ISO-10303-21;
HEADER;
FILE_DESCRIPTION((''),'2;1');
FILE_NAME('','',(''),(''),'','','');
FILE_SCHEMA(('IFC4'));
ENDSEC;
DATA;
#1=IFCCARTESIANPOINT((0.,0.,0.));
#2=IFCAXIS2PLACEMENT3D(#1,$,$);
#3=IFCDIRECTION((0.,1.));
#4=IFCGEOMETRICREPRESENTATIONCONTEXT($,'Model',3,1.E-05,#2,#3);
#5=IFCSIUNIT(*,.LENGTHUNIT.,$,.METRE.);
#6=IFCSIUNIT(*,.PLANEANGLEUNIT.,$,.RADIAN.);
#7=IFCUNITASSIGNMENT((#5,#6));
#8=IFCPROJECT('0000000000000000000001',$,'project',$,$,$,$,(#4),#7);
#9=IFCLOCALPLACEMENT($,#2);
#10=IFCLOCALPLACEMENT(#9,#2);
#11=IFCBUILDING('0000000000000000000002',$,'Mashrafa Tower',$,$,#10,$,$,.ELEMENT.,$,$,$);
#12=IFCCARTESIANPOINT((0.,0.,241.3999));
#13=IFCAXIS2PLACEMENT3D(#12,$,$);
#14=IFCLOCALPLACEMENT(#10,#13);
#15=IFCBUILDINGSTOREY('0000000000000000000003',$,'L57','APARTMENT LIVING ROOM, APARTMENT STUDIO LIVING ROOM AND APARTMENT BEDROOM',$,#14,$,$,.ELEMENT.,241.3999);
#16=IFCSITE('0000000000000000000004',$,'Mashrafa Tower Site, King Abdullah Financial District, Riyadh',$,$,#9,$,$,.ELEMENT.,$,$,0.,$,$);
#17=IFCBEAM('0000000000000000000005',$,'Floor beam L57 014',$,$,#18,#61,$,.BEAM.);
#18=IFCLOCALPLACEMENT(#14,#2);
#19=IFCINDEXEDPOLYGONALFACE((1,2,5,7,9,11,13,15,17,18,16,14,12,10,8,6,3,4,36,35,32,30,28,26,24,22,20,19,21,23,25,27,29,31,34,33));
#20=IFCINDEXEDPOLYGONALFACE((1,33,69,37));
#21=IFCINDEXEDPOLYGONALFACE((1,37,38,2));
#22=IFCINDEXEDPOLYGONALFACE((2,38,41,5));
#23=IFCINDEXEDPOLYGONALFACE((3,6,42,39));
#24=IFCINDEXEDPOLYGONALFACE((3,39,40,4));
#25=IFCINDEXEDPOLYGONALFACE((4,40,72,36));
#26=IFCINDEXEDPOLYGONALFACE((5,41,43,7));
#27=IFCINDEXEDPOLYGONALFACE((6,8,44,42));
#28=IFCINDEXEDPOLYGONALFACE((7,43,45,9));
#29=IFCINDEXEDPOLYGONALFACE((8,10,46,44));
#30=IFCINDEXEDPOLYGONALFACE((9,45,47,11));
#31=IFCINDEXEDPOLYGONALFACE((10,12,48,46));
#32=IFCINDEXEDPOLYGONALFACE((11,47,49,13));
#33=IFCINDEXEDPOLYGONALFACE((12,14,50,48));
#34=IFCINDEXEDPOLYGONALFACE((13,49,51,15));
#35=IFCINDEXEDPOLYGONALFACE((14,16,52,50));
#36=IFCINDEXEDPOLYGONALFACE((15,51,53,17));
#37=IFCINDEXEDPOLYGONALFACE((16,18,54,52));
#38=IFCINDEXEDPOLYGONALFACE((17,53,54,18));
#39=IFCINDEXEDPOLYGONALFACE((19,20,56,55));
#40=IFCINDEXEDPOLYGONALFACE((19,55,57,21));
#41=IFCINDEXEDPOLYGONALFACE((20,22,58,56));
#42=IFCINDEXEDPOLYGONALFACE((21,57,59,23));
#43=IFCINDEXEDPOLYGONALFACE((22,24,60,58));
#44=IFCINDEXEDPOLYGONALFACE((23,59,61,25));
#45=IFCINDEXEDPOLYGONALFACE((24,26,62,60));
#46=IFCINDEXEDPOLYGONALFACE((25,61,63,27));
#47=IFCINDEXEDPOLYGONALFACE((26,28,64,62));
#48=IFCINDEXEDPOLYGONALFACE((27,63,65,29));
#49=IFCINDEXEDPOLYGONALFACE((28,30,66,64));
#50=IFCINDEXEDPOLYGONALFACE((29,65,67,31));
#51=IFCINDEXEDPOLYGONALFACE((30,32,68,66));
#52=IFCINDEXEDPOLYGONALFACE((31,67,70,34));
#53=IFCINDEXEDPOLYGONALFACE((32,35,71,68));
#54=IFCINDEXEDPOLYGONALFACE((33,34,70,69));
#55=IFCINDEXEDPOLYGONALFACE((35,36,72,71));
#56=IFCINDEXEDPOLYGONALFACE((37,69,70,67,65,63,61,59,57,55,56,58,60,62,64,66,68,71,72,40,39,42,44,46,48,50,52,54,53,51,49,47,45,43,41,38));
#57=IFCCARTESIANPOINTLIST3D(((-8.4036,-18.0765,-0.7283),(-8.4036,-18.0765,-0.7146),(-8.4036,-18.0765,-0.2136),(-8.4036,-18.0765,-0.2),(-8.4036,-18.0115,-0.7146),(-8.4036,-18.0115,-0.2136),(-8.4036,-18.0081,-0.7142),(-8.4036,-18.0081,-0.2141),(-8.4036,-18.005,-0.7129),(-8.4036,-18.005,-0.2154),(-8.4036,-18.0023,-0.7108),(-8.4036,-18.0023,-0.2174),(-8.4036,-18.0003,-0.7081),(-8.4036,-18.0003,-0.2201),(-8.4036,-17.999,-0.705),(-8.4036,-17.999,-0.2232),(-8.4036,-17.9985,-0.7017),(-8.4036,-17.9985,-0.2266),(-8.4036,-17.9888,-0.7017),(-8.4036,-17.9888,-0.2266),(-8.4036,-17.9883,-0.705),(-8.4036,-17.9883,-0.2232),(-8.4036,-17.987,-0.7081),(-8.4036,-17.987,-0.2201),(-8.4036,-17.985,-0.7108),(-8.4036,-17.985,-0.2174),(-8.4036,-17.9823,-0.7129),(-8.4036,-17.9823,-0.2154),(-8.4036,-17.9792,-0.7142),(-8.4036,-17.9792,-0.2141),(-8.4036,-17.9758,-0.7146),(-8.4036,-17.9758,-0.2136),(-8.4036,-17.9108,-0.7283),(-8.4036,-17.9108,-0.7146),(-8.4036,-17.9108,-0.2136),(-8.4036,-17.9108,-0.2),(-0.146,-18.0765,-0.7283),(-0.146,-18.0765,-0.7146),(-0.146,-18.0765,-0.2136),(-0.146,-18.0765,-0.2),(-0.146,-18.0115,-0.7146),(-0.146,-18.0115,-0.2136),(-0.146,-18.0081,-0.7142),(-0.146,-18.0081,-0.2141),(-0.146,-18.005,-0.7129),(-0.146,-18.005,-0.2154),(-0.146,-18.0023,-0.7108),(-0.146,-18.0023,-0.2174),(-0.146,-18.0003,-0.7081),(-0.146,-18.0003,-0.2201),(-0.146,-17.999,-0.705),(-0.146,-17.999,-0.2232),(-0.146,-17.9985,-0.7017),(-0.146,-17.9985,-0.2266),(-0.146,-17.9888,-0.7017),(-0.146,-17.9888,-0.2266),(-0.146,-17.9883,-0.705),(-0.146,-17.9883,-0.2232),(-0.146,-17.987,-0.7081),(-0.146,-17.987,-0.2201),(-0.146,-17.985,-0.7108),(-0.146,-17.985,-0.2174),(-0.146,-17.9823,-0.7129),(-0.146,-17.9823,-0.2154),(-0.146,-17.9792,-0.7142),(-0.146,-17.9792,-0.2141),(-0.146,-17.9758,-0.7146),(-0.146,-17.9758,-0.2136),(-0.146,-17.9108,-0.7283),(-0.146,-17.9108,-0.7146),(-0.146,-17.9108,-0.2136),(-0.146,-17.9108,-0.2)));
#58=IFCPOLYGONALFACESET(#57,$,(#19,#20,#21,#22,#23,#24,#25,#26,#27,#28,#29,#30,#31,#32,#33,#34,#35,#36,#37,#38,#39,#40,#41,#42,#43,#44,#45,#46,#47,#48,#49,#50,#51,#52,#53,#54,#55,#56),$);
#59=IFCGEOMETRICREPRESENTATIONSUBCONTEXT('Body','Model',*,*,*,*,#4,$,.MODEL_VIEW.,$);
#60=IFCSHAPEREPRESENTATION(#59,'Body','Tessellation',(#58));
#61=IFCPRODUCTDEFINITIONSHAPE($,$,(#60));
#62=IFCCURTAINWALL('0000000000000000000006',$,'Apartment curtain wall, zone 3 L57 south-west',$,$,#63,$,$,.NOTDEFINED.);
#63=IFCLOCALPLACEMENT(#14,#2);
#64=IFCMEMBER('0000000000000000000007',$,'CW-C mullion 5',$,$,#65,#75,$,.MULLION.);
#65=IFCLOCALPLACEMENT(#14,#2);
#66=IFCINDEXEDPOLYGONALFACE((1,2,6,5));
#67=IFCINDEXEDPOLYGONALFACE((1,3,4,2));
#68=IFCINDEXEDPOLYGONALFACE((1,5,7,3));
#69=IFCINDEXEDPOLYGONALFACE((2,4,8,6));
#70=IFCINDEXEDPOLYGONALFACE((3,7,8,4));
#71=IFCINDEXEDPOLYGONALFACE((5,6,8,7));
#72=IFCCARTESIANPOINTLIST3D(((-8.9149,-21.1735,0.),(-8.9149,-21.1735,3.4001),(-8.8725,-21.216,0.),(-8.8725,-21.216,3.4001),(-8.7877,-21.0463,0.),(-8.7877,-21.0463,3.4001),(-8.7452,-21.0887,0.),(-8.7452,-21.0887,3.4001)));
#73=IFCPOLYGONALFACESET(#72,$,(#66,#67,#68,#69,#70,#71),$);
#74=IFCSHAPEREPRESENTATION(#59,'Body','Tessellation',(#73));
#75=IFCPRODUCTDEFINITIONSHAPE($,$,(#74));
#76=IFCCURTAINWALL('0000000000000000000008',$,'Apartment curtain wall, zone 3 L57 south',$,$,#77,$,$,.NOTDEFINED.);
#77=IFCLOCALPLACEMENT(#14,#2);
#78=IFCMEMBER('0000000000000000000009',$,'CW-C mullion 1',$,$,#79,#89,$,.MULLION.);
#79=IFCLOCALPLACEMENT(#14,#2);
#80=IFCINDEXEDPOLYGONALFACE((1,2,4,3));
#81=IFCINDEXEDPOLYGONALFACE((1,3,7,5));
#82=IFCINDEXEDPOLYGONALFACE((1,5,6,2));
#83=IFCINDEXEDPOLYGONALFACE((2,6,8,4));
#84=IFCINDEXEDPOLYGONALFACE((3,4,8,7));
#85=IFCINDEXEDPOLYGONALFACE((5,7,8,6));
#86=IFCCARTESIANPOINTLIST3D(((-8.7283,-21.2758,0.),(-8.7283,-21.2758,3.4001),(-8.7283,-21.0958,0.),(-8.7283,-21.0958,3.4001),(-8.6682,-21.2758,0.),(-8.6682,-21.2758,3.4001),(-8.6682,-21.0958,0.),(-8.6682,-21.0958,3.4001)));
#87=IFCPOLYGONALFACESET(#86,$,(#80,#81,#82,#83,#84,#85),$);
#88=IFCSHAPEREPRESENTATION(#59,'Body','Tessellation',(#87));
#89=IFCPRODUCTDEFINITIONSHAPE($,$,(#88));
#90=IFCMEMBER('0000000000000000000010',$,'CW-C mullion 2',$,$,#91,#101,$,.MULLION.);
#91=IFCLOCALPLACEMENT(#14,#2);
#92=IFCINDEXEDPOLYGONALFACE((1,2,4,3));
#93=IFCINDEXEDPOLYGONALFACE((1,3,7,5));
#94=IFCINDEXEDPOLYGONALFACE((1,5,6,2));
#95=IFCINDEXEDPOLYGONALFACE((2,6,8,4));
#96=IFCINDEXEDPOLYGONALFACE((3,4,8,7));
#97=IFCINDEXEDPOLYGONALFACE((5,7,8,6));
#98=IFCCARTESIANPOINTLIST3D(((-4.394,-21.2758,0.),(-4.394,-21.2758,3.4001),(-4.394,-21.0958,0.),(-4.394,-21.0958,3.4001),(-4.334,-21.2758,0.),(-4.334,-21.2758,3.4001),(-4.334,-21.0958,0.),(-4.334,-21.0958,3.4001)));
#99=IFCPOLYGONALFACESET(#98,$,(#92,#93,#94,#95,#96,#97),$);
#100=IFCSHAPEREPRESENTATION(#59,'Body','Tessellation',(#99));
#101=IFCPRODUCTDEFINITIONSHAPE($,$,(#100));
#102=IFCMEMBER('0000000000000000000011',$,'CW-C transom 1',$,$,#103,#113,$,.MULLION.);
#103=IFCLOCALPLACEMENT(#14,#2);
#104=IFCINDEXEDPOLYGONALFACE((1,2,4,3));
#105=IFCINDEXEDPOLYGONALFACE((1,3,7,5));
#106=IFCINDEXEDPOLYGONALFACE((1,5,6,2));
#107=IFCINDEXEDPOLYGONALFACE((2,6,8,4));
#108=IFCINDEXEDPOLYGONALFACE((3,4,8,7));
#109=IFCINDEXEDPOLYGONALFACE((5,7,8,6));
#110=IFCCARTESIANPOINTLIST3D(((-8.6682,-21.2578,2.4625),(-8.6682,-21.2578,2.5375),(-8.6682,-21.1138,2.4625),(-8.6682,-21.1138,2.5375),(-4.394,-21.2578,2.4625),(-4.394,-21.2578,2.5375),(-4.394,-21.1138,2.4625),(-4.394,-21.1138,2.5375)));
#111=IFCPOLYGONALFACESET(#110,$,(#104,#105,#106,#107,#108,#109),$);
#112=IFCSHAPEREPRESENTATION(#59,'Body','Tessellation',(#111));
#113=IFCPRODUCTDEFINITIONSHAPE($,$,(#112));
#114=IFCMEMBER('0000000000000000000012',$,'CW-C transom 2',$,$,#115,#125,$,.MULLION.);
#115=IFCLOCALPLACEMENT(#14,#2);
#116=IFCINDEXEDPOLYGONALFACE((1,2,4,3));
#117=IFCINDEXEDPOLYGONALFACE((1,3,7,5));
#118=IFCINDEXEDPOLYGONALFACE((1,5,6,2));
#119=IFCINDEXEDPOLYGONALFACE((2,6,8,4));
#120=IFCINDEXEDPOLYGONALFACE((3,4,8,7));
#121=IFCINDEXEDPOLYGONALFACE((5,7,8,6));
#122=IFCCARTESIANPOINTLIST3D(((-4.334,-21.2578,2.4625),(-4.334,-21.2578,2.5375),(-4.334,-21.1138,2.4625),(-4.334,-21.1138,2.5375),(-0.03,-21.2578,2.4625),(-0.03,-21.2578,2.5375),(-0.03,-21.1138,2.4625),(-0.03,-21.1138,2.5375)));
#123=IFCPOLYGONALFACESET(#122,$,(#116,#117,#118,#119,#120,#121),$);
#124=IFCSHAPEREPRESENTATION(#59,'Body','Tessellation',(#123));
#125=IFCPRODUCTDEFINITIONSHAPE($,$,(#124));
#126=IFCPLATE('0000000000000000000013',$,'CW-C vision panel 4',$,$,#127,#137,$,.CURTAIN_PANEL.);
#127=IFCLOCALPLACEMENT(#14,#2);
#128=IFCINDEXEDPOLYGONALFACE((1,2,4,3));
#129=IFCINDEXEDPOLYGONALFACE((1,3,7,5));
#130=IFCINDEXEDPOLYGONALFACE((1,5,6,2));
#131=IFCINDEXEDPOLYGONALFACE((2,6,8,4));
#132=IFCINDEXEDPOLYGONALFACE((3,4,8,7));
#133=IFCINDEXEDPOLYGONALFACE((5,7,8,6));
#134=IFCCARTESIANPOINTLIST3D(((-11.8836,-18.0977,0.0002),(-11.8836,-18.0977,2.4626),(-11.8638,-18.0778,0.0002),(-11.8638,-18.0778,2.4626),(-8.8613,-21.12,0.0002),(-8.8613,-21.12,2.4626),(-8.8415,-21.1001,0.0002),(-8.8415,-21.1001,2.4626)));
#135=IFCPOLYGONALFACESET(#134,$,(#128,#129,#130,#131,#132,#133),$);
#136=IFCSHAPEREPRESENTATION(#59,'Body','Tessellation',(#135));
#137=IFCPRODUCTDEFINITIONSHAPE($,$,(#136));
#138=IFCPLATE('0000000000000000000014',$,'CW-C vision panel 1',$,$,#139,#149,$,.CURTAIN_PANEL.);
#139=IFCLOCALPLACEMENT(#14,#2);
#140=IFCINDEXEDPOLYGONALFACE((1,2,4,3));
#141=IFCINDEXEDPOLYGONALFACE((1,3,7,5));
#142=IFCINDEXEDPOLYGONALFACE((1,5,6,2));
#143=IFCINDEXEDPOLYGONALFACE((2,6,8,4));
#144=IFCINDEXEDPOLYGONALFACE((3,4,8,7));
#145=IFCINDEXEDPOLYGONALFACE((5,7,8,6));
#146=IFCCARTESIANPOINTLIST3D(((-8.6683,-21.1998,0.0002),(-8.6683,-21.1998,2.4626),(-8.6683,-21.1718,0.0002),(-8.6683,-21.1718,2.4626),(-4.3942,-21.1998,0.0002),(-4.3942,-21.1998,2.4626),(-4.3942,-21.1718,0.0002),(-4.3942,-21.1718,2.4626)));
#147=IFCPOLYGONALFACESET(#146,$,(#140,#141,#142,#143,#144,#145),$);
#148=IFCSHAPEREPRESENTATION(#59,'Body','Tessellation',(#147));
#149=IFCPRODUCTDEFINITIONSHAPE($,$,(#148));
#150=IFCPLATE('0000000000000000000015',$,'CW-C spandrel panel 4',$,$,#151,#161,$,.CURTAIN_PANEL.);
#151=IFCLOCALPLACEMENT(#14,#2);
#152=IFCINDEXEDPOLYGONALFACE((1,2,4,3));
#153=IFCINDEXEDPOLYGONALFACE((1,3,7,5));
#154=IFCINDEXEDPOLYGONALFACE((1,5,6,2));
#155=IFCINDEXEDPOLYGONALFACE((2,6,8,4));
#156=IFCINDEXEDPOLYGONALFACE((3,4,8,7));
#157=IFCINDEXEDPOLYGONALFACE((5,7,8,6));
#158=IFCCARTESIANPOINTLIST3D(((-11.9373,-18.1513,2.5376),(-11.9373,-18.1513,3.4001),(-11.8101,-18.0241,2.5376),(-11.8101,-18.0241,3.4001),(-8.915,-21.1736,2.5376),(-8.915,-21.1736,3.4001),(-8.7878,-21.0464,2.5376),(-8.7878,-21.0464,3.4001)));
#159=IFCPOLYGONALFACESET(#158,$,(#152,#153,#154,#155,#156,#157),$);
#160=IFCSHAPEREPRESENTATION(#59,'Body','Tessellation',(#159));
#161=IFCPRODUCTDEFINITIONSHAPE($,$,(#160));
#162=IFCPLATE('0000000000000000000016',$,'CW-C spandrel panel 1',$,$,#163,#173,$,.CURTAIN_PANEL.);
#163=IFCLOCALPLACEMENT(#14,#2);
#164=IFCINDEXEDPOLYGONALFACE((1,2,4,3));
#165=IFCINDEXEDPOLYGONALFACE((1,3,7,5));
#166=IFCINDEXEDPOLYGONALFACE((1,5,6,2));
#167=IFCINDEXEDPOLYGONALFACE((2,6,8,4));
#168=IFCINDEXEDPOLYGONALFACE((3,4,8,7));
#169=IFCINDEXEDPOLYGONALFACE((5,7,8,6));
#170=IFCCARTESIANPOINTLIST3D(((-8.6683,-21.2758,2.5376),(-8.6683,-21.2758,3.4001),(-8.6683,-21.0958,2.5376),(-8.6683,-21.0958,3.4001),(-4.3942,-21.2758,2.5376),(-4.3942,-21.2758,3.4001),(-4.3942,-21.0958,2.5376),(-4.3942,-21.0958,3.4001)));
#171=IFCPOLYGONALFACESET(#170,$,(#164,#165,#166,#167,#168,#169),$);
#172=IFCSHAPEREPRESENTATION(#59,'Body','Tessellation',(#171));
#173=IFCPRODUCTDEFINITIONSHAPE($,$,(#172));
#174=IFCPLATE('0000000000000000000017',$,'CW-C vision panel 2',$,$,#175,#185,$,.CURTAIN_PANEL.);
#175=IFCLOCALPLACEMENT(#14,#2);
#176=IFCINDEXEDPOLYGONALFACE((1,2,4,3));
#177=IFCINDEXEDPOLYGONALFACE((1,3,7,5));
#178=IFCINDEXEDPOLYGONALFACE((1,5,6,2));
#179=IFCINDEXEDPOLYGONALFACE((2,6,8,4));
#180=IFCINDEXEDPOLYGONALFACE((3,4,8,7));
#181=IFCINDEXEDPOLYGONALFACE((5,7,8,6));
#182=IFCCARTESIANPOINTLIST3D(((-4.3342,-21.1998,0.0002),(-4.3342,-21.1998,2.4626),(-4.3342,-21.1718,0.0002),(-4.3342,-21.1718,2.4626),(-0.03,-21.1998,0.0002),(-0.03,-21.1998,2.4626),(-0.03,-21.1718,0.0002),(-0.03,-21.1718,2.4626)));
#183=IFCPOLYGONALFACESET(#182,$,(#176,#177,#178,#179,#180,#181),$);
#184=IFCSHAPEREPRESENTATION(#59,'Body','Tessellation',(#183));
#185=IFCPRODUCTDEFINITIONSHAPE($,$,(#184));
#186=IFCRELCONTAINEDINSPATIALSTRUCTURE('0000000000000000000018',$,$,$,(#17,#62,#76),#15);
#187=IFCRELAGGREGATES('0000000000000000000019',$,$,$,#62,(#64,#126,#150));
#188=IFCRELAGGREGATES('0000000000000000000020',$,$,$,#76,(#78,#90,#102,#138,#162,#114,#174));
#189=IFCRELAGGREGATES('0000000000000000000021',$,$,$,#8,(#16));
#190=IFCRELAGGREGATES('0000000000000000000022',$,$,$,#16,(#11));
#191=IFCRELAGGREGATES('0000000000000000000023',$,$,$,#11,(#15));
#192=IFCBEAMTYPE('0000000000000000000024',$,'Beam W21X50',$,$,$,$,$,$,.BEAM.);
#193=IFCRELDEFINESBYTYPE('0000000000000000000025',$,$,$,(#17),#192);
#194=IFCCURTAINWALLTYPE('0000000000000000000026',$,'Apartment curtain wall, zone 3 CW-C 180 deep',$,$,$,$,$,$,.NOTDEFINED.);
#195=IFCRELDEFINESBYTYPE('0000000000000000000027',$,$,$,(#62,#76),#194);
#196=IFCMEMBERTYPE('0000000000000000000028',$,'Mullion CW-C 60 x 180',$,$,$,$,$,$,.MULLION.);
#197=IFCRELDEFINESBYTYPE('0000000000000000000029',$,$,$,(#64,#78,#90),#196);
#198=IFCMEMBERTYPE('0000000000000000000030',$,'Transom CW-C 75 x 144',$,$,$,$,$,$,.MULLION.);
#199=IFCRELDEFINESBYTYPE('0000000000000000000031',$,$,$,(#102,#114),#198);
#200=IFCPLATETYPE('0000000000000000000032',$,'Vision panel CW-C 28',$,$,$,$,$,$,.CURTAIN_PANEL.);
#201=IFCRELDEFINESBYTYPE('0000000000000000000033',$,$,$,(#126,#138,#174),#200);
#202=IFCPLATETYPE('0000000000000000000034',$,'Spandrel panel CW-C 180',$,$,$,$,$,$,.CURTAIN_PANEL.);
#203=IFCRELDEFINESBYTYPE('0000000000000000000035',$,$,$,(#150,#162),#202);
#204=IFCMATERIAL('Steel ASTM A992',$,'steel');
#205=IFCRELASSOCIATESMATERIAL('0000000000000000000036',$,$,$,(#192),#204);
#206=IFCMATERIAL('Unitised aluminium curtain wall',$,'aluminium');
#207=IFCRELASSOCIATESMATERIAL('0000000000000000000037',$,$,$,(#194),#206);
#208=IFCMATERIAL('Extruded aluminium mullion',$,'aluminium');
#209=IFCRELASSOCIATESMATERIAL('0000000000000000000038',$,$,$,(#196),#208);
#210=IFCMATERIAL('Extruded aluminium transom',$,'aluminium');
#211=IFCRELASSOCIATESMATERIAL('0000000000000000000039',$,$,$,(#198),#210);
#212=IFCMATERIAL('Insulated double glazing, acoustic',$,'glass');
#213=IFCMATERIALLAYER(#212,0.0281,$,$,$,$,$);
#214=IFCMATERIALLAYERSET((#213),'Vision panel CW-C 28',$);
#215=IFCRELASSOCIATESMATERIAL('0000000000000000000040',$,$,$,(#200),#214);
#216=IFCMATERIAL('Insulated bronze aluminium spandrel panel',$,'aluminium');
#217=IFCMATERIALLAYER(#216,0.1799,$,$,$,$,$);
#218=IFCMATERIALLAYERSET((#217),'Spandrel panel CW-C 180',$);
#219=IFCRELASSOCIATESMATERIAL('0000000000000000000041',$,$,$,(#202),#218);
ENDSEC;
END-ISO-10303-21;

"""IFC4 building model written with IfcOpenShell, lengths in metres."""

from ifc_helpers import new_model, si_unit, direction, frame, origin, origin_2d, place, context, subcontext, project, spatial, rectangle, i_section, extrude, source, transform, mapped, material, layer, layer_set, material_profile, profile_set, type_object, type_shapes, element, aggregate, save


model = new_model("IFC4")

# Units and contexts
model_context = context("Model", 3, precision=1e-05, world=origin(), true_north=direction((0.0, 1.0)))
body_context = subcontext(model_context, "Body", "Model", "MODEL_VIEW")
ifc_project = project(units=[si_unit("LENGTHUNIT", "METRE"), si_unit("PLANEANGLEUNIT", "RADIAN")], contexts=[model_context])

# Site, building, storey
site_placement = place(None, origin())
site = spatial("IfcSite", under=ifc_project, at=site_placement, Name="Mashrafa Tower Site, King Abdullah Financial District, Riyadh", CompositionType="ELEMENT", RefElevation=0.0)
building_placement = place(site_placement, origin())
building = spatial("IfcBuilding", under=site, at=building_placement, Name="Mashrafa Tower", CompositionType="ELEMENT")
storey_placement = place(building_placement, frame((0.0, 0.0, 241.3999)))
storey = spatial("IfcBuildingStorey", under=building, at=storey_placement, Name="L57", Description="APARTMENT LIVING ROOM, APARTMENT STUDIO LIVING ROOM AND APARTMENT BEDROOM", CompositionType="ELEMENT", Elevation=241.3999)

# Beam
ifc_material_1 = material(Name="Steel ASTM A992", Category="steel")
ifc_material_profile_1 = material_profile(ifc_material_1, i_section(OverallWidth=0.1658, OverallDepth=0.5283, WebThickness=0.0098, FlangeThickness=0.0137, FilletRadius=0.0129, at=origin_2d()), Name="W21X50")
ifc_profile_set_1 = profile_set([ifc_material_profile_1], Name="Steel ASTM A992")
beam_type_1 = type_object("IfcBeamType", Name="Beam W21X50", PredefinedType="BEAM", material=ifc_profile_set_1)
beam_1_placement = place(storey_placement, frame((-0.146, -17.9937, -0.4641), z_axis=(-1.0, 0.0, 0.0), x_axis=(0.0, -1.0, 0.0)))
element("IfcBeam", 1, at=beam_1_placement, inside=storey, type_object=beam_type_1, Name="Floor beam L57 014", PredefinedType="BEAM", context=body_context, shape_type="SweptSolid", body=[
    extrude(i_section(OverallWidth=0.1658, OverallDepth=0.5283, WebThickness=0.0098, FlangeThickness=0.0137, FilletRadius=0.0129, at=origin_2d()), origin(), (0.0, 0.0, 1.0), 8.2576),
])

# Curtain wall, member
ifc_material_2 = material(Name="Unitised aluminium curtain wall", Category="aluminium")
curtain_wall_type = type_object("IfcCurtainWallType", Name="Apartment curtain wall, zone 3 CW-C 180 deep", PredefinedType="NOTDEFINED", material=ifc_material_2)
curtain_wall_1_placement = place(storey_placement, origin())
curtain_wall_1 = element("IfcCurtainWall", 2, at=curtain_wall_1_placement, inside=storey, type_object=curtain_wall_type, Name="Apartment curtain wall, zone 3 L57 south-west", PredefinedType="NOTDEFINED")
ifc_material_3 = material(Name="Extruded aluminium mullion", Category="aluminium")
ifc_material_profile_2 = material_profile(ifc_material_3, rectangle(XDim=0.1799, YDim=0.0601, at=origin_2d()), Name="Mullion 60x180")
ifc_profile_set_2 = profile_set([ifc_material_profile_2], Name="Extruded aluminium mullion")
member_type_1 = type_object("IfcMemberType", Name="Mullion CW-C 60 x 180", PredefinedType="MULLION", material=ifc_profile_set_2)
shared_shape_1 = source(origin(), body_context, "Body", "SweptSolid", [
    extrude(rectangle(XDim=0.1799, YDim=0.0601, at=origin_2d()), origin(), (0.0, 0.0, 1.0), 3.4001),
])
type_shapes(member_type_1, [shared_shape_1])
member_1_placement = place(storey_placement, frame((-8.8301, -21.1311, 0.0), z_axis=(0.0, 0.0, 1.0), x_axis=(0.707107, 0.707107, 0.0)))
member_1 = element("IfcMember", 3, at=member_1_placement, type_object=member_type_1, Name="CW-C mullion 5", PredefinedType="MULLION", context=body_context, shape_type="MappedRepresentation", body=[
    mapped(shared_shape_1, transform((0.0, 0.0, 0.0))),
])

# Curtain wall, members
curtain_wall_2_placement = place(storey_placement, origin())
curtain_wall_2 = element("IfcCurtainWall", 4, at=curtain_wall_2_placement, inside=storey, type_object=curtain_wall_type, Name="Apartment curtain wall, zone 3 L57 south", PredefinedType="NOTDEFINED")
member_2_placement = place(storey_placement, frame((-8.6982, -21.1858, 0.0), z_axis=(0.0, 0.0, 1.0), x_axis=(0.0, 1.0, 0.0)))
member_2 = element("IfcMember", 5, at=member_2_placement, type_object=member_type_1, Name="CW-C mullion 1", PredefinedType="MULLION", context=body_context, shape_type="MappedRepresentation", body=[
    mapped(shared_shape_1, transform((0.0, 0.0, 0.0))),
])
member_3_placement = place(storey_placement, frame((-4.364, -21.1858, 0.0), z_axis=(0.0, 0.0, 1.0), x_axis=(0.0, 1.0, 0.0)))
member_3 = element("IfcMember", 6, at=member_3_placement, type_object=member_type_1, Name="CW-C mullion 2", PredefinedType="MULLION", context=body_context, shape_type="MappedRepresentation", body=[
    mapped(shared_shape_1, transform((0.0, 0.0, 0.0))),
])
ifc_material_4 = material(Name="Extruded aluminium transom", Category="aluminium")
ifc_material_profile_3 = material_profile(ifc_material_4, rectangle(XDim=0.144, YDim=0.075, at=origin_2d()), Name="Transom 75x144")
ifc_profile_set_3 = profile_set([ifc_material_profile_3], Name="Extruded aluminium transom")
member_type_2 = type_object("IfcMemberType", Name="Transom CW-C 75 x 144", PredefinedType="MULLION", material=ifc_profile_set_3)
shared_shape_2 = source(origin(), body_context, "Body", "SweptSolid", [
    extrude(rectangle(XDim=0.144, YDim=0.075, at=origin_2d()), origin(), (0.0, 0.0, 1.0), 4.2742),
])
member_4_placement = place(storey_placement, frame((-8.6682, -21.1858, 2.5), z_axis=(1.0, 0.0, 0.0), x_axis=(0.0, 1.0, 0.0)))
member_4 = element("IfcMember", 7, at=member_4_placement, type_object=member_type_2, Name="CW-C transom 1", PredefinedType="MULLION", context=body_context, shape_type="MappedRepresentation", body=[
    mapped(shared_shape_2, transform((0.0, 0.0, 0.0))),
])
shared_shape_3 = source(origin(), body_context, "Body", "SweptSolid", [
    extrude(rectangle(XDim=0.144, YDim=0.075, at=origin_2d()), origin(), (0.0, 0.0, 1.0), 4.304),
])
type_shapes(member_type_2, [shared_shape_2, shared_shape_3])
member_5_placement = place(storey_placement, frame((-4.334, -21.1858, 2.5), z_axis=(1.0, 0.0, 0.0), x_axis=(0.0, 1.0, 0.0)))
member_5 = element("IfcMember", 8, at=member_5_placement, type_object=member_type_2, Name="CW-C transom 2", PredefinedType="MULLION", context=body_context, shape_type="MappedRepresentation", body=[
    mapped(shared_shape_3, transform((0.0, 0.0, 0.0))),
])

# Plates
ifc_material_5 = material(Name="Insulated double glazing, acoustic", Category="glass")
ifc_layer_1 = layer(ifc_material_5, 0.0281)
ifc_layer_set_1 = layer_set([ifc_layer_1], Name="Vision panel CW-C 28")
plate_type_1 = type_object("IfcPlateType", Name="Vision panel CW-C 28", PredefinedType="CURTAIN_PANEL", material=ifc_layer_set_1)
shared_shape_4 = source(origin(), body_context, "Body", "SweptSolid", [
    extrude(rectangle(XDim=4.2742, YDim=0.0281, at=origin_2d()), origin(), (0.0, 0.0, 1.0), 2.4624),
])
plate_1_placement = place(storey_placement, frame((-10.3625, -19.5989, 0.0002), z_axis=(0.0, 0.0, 1.0), x_axis=(0.707107, -0.707107, 0.0)))
plate_1 = element("IfcPlate", 9, at=plate_1_placement, type_object=plate_type_1, Name="CW-C vision panel 4", PredefinedType="CURTAIN_PANEL", context=body_context, shape_type="MappedRepresentation", body=[
    mapped(shared_shape_4, transform((0.0, 0.0, 0.0))),
])
plate_2_placement = place(storey_placement, frame((-6.5312, -21.1858, 0.0002), z_axis=(0.0, 0.0, 1.0), x_axis=(1.0, 0.0, 0.0)))
plate_2 = element("IfcPlate", 10, at=plate_2_placement, type_object=plate_type_1, Name="CW-C vision panel 1", PredefinedType="CURTAIN_PANEL", context=body_context, shape_type="MappedRepresentation", body=[
    mapped(shared_shape_4, transform((0.0, 0.0, 0.0))),
])
ifc_material_6 = material(Name="Insulated bronze aluminium spandrel panel", Category="aluminium")
ifc_layer_2 = layer(ifc_material_6, 0.1799)
ifc_layer_set_2 = layer_set([ifc_layer_2], Name="Spandrel panel CW-C 180")
plate_type_2 = type_object("IfcPlateType", Name="Spandrel panel CW-C 180", PredefinedType="CURTAIN_PANEL", material=ifc_layer_set_2)
shared_shape_5 = source(origin(), body_context, "Body", "SweptSolid", [
    extrude(rectangle(XDim=4.2742, YDim=0.1799, at=origin_2d()), origin(), (0.0, 0.0, 1.0), 0.8625),
])
plate_3_placement = place(storey_placement, frame((-10.3625, -19.5989, 2.5376), z_axis=(0.0, 0.0, 1.0), x_axis=(0.707107, -0.707107, 0.0)))
plate_3 = element("IfcPlate", 11, at=plate_3_placement, type_object=plate_type_2, Name="CW-C spandrel panel 4", PredefinedType="CURTAIN_PANEL", context=body_context, shape_type="MappedRepresentation", body=[
    mapped(shared_shape_5, transform((0.0, 0.0, 0.0))),
])
aggregate(curtain_wall_1, [member_1, plate_1, plate_3])
plate_4_placement = place(storey_placement, frame((-6.5312, -21.1858, 2.5376), z_axis=(0.0, 0.0, 1.0), x_axis=(1.0, 0.0, 0.0)))
plate_4 = element("IfcPlate", 12, at=plate_4_placement, type_object=plate_type_2, Name="CW-C spandrel panel 1", PredefinedType="CURTAIN_PANEL", context=body_context, shape_type="MappedRepresentation", body=[
    mapped(shared_shape_5, transform((0.0, 0.0, 0.0))),
])
shared_shape_6 = source(origin(), body_context, "Body", "SweptSolid", [
    extrude(rectangle(XDim=4.3042, YDim=0.0281, at=origin_2d()), origin(), (0.0, 0.0, 1.0), 2.4624),
])
type_shapes(plate_type_1, [shared_shape_4, shared_shape_6])
plate_5_placement = place(storey_placement, frame((-2.1821, -21.1858, 0.0002), z_axis=(0.0, 0.0, 1.0), x_axis=(1.0, 0.0, 0.0)))
plate_5 = element("IfcPlate", 13, at=plate_5_placement, type_object=plate_type_1, Name="CW-C vision panel 2", PredefinedType="CURTAIN_PANEL", context=body_context, shape_type="MappedRepresentation", body=[
    mapped(shared_shape_6, transform((0.0, 0.0, 0.0))),
])
aggregate(curtain_wall_2, [member_2, member_3, member_4, plate_2, plate_4, member_5, plate_5])

save(model, "model.ifc")
